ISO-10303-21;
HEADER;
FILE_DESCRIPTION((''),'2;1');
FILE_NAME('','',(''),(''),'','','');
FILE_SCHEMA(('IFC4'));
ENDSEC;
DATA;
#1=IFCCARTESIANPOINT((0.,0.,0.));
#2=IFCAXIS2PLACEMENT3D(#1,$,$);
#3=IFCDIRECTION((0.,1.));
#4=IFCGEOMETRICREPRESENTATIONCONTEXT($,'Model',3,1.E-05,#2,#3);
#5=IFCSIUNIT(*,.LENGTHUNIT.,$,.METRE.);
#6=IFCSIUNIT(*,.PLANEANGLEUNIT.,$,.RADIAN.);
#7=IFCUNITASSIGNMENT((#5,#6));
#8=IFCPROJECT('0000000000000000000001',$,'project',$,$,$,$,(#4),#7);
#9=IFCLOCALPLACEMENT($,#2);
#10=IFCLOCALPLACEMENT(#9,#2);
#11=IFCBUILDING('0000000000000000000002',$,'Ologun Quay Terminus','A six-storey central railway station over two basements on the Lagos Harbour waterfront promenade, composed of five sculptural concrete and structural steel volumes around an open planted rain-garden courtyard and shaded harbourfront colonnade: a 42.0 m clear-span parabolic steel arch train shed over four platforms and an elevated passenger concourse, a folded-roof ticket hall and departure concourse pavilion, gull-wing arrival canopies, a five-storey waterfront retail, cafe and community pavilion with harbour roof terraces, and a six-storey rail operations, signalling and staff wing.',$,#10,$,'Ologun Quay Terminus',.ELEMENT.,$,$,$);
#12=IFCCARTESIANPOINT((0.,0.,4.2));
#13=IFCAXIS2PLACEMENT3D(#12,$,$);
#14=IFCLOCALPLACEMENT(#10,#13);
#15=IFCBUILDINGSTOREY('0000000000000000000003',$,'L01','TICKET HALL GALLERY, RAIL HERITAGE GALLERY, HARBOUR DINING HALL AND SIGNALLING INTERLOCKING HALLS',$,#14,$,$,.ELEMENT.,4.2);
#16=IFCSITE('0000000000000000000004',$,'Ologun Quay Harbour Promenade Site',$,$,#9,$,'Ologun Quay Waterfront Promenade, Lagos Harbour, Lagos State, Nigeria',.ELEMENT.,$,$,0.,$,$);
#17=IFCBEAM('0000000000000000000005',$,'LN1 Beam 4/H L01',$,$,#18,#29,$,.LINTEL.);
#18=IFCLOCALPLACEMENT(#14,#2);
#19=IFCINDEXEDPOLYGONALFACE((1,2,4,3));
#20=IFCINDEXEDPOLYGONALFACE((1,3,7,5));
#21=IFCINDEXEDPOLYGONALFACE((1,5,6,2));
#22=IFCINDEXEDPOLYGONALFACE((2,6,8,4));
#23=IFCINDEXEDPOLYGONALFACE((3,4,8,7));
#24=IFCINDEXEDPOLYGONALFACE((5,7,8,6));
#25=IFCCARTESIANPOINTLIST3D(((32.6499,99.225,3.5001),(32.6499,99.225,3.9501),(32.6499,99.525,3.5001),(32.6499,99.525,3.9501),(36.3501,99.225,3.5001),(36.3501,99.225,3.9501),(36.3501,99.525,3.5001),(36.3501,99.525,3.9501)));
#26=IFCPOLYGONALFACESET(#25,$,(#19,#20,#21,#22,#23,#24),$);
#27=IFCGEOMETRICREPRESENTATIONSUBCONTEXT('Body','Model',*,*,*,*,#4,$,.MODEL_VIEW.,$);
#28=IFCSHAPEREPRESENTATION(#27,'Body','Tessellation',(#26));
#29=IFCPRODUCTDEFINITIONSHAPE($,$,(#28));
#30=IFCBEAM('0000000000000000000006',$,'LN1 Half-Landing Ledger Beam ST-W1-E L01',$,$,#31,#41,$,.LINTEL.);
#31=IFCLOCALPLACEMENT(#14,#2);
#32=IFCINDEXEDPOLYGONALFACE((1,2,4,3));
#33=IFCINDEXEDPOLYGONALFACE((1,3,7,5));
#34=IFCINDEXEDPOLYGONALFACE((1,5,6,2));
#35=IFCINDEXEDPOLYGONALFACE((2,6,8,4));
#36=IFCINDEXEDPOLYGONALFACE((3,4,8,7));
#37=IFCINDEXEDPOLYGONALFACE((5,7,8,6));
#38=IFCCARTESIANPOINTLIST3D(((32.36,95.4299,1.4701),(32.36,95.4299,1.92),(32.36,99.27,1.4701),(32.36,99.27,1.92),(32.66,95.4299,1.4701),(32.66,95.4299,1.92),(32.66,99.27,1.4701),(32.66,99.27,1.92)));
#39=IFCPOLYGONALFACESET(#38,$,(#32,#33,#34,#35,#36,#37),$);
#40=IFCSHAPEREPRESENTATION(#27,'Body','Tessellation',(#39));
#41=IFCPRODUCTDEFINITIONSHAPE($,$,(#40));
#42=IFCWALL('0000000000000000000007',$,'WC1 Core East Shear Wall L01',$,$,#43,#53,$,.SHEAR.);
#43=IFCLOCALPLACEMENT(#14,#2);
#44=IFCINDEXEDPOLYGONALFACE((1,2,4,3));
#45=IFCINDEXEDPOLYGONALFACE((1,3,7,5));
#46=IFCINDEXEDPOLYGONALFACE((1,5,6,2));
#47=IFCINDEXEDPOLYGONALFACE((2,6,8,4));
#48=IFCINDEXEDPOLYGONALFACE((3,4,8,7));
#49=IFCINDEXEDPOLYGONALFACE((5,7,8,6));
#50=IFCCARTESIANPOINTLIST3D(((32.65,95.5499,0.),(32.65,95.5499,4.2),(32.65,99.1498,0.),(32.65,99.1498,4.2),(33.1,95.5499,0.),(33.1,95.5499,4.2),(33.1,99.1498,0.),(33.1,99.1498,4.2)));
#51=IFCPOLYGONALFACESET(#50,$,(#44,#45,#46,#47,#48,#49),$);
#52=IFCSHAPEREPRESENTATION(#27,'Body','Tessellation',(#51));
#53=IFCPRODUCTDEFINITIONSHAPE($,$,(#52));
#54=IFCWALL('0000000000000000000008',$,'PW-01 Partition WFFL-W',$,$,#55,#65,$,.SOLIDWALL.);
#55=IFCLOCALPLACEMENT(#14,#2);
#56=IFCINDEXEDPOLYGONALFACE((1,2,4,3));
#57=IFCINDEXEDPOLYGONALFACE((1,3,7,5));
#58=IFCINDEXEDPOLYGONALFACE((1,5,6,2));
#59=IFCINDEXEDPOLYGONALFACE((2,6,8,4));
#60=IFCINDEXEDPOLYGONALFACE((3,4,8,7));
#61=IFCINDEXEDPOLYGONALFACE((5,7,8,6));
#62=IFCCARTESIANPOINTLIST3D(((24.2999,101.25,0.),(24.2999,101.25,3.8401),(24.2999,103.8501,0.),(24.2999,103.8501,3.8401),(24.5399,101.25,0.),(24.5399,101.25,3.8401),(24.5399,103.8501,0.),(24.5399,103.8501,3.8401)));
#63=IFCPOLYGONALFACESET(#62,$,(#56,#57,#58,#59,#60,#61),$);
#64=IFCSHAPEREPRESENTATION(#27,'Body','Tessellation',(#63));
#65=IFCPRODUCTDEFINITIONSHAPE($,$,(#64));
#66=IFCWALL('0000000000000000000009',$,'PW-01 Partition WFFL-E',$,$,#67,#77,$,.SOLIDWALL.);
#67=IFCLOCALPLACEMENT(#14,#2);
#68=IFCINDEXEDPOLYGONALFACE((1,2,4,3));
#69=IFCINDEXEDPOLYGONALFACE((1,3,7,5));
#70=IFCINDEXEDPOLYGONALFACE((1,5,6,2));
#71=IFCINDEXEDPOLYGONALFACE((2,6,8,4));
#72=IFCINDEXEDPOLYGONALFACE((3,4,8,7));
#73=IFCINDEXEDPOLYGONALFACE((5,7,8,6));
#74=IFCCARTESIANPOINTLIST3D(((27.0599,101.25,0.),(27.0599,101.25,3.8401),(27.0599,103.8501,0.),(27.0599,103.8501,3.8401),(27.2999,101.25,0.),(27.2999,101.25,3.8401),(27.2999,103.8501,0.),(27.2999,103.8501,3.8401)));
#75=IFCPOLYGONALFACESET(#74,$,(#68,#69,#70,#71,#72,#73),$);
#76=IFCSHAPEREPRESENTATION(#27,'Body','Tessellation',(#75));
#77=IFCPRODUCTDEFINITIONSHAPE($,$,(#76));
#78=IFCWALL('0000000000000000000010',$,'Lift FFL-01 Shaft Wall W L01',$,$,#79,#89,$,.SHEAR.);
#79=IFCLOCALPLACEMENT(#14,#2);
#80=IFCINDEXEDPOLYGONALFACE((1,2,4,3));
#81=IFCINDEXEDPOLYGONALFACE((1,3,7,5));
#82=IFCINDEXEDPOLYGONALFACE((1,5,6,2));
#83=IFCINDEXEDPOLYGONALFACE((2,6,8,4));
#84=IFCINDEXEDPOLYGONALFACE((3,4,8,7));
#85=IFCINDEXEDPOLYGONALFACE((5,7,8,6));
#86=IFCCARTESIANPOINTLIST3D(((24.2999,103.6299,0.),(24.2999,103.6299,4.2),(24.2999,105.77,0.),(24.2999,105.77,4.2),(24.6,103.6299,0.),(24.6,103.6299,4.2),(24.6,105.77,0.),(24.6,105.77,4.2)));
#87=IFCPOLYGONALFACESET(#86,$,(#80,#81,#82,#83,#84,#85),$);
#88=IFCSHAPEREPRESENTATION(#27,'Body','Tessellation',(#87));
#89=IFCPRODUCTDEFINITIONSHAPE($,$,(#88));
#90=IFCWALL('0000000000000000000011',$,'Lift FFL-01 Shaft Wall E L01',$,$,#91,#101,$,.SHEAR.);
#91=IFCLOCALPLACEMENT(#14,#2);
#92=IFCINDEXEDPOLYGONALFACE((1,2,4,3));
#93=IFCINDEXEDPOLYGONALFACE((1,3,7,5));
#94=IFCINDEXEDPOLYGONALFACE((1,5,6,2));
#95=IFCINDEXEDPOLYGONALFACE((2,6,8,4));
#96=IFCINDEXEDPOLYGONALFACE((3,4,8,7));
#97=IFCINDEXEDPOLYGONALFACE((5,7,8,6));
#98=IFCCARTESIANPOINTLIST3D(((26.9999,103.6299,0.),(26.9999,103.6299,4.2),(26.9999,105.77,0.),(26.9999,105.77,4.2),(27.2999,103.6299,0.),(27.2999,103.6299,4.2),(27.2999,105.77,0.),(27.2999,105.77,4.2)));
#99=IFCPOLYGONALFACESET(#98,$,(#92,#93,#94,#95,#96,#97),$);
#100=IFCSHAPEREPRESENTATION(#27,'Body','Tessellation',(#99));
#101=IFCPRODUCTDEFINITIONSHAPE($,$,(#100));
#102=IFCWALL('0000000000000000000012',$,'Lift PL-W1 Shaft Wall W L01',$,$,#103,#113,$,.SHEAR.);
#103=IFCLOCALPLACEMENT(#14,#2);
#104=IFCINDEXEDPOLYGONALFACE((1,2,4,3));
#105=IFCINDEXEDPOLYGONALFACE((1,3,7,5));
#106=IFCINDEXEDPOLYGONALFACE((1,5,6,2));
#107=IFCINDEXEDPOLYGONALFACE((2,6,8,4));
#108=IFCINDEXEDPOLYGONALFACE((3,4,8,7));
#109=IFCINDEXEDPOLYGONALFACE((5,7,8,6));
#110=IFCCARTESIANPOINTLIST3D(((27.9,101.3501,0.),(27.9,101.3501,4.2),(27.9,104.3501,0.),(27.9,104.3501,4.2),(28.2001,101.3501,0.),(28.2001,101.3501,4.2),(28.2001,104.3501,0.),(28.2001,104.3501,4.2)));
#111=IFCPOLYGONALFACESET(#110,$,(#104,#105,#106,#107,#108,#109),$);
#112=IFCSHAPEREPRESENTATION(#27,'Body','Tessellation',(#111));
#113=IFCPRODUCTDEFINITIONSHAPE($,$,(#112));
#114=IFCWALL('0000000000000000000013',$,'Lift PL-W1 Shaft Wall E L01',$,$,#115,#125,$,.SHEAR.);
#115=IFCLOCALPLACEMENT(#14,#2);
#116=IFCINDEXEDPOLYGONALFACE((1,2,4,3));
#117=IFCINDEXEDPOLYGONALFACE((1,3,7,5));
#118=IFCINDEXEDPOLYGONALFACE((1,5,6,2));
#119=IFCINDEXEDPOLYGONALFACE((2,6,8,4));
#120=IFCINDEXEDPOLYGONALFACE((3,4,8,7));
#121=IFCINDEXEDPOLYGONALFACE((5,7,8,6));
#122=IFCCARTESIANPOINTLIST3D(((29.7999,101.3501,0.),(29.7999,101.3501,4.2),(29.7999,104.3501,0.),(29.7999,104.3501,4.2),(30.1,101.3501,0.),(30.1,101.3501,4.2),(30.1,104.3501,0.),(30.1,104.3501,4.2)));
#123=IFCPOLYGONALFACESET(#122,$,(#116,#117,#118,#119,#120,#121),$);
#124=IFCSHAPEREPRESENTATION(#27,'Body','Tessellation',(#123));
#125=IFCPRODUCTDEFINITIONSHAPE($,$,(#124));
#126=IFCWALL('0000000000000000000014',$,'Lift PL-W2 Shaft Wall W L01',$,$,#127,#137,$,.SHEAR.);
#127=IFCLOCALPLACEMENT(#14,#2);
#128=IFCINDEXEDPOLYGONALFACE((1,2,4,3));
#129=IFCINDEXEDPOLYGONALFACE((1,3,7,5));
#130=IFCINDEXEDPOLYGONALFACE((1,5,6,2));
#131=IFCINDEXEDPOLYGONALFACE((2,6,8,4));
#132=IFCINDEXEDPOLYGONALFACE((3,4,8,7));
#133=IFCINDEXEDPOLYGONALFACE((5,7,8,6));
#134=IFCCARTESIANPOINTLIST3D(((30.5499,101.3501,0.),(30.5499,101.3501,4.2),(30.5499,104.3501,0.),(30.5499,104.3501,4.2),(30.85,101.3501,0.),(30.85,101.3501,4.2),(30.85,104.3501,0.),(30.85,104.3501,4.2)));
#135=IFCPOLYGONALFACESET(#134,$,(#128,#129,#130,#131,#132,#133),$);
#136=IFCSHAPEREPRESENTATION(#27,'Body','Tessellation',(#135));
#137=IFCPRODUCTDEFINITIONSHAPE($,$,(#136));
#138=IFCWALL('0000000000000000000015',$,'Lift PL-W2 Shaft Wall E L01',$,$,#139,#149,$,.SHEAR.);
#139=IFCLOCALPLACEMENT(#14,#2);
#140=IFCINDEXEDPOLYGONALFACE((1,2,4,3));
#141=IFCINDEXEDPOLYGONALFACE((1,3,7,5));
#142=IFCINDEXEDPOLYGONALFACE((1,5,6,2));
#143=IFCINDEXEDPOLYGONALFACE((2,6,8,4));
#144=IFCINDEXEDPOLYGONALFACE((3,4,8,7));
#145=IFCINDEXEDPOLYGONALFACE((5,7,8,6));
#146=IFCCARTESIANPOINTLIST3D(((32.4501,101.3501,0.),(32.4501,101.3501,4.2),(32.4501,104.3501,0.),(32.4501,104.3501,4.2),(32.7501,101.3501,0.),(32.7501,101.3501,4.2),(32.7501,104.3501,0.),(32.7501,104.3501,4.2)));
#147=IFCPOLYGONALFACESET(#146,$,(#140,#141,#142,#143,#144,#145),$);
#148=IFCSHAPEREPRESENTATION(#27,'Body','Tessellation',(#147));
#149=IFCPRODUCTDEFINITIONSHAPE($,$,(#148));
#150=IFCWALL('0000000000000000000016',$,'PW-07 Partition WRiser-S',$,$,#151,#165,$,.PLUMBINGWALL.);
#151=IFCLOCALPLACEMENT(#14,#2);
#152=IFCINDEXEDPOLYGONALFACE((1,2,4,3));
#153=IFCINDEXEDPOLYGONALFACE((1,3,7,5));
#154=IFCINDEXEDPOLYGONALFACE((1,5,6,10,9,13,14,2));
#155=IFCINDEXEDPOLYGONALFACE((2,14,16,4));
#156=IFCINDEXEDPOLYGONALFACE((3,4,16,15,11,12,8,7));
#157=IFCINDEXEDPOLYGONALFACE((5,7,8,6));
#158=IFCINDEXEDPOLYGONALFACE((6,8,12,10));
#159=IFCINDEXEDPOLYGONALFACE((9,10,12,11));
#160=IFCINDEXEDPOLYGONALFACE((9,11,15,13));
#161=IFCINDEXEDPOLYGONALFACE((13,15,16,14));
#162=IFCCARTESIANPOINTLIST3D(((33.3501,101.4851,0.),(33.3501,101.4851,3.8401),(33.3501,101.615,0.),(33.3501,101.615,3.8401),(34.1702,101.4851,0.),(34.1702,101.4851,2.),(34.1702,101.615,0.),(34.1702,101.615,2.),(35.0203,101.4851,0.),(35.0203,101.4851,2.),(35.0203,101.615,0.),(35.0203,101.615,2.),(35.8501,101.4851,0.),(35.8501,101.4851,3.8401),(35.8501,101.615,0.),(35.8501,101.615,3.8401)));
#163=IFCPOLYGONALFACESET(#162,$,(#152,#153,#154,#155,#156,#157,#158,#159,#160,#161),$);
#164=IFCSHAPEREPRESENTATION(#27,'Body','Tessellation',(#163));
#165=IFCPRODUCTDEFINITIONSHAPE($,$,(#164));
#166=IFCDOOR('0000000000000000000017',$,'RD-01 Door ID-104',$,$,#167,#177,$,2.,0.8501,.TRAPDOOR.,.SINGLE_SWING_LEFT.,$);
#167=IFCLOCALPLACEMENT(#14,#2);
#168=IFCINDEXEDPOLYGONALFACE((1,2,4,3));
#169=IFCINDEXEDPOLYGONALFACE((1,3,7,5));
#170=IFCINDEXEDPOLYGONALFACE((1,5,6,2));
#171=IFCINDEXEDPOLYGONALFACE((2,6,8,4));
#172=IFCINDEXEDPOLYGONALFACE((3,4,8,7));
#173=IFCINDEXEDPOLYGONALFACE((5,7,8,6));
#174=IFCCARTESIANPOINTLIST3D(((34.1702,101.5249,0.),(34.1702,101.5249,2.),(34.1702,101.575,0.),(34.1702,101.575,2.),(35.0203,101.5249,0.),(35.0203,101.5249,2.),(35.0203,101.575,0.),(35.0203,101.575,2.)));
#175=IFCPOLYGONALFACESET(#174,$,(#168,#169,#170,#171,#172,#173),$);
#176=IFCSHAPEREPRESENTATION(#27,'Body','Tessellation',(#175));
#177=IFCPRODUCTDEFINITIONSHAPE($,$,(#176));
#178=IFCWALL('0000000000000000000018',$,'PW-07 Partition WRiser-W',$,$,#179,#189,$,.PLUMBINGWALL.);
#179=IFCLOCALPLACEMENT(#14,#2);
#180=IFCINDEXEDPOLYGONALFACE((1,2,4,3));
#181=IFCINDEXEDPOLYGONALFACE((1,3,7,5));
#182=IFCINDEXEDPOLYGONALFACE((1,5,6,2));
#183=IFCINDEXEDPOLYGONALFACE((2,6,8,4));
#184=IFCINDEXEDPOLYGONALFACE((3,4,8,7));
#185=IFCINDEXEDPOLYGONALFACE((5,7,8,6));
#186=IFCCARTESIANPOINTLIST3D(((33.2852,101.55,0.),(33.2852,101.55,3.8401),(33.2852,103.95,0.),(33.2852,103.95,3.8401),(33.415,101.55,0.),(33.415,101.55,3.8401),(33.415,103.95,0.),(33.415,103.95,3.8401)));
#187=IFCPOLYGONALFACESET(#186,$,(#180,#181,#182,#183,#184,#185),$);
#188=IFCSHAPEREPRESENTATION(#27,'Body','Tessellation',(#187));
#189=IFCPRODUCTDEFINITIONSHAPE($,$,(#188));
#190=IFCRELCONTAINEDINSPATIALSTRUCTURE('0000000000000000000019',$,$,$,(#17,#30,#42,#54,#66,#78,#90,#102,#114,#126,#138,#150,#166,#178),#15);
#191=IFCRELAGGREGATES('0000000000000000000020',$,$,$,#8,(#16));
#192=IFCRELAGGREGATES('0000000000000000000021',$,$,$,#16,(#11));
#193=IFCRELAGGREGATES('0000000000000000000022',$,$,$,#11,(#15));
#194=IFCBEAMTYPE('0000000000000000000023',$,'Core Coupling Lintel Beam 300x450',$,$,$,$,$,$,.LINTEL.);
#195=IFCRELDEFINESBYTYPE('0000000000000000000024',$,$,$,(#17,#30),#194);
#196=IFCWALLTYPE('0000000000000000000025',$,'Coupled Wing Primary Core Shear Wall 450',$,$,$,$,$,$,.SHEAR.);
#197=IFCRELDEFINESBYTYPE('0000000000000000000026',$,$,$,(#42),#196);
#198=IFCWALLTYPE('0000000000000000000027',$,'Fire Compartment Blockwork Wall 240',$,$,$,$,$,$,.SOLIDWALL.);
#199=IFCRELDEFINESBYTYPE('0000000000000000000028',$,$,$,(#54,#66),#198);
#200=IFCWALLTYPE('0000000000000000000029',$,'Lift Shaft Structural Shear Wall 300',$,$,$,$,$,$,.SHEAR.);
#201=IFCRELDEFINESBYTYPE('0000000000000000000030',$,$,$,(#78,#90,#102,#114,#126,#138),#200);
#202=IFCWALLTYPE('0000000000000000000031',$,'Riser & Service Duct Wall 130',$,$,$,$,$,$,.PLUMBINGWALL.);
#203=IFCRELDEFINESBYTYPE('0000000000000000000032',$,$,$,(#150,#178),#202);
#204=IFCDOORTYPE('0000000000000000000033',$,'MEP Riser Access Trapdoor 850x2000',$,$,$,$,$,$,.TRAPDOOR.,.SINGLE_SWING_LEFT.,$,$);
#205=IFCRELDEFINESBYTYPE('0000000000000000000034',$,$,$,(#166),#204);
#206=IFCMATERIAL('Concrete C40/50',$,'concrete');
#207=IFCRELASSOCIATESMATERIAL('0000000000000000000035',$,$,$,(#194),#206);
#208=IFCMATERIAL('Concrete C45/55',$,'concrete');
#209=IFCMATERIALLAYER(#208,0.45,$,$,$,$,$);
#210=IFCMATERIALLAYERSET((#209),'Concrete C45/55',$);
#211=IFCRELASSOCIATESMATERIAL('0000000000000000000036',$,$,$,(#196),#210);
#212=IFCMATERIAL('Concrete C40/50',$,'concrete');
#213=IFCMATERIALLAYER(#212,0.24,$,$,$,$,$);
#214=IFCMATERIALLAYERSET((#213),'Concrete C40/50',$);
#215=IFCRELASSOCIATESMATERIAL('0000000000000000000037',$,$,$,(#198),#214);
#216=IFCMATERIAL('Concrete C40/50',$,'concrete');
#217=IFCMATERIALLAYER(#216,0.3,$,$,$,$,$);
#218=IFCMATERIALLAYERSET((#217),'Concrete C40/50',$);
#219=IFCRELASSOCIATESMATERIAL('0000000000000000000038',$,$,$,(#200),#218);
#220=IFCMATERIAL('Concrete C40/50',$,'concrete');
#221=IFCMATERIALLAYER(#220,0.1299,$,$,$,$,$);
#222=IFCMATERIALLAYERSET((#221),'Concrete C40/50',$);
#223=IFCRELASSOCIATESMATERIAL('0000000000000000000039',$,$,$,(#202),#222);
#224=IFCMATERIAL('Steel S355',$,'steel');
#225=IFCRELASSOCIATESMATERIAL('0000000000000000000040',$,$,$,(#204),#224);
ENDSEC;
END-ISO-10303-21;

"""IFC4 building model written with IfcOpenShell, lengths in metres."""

from ifc_helpers import new_model, si_unit, direction, frame, frame_2d, origin, origin_2d, place, context, subcontext, project, spatial, rectangle, extrude, material, layer, layer_set, material_profile, profile_set, type_object, element, fill, save


model = new_model("IFC4")

# Units and contexts
model_context = context("Model", 3, precision=1e-05, world=origin(), true_north=direction((0.0, 1.0)))
body_context = subcontext(model_context, "Body", "Model", "MODEL_VIEW")
ifc_project = project(units=[si_unit("LENGTHUNIT", "METRE"), si_unit("PLANEANGLEUNIT", "RADIAN")], contexts=[model_context])

# Site, building, storey
site_placement = place(None, origin())
site = spatial("IfcSite", under=ifc_project, at=site_placement, Name="Ologun Quay Harbour Promenade Site", LongName="Ologun Quay Waterfront Promenade, Lagos Harbour, Lagos State, Nigeria", CompositionType="ELEMENT", RefElevation=0.0)
building_placement = place(site_placement, origin())
building = spatial("IfcBuilding", under=site, at=building_placement, Name="Ologun Quay Terminus", Description="A six-storey central railway station over two basements on the Lagos Harbour waterfront promenade, composed of five sculptural concrete and structural steel volumes around an open planted rain-garden courtyard and shaded harbourfront colonnade: a 42.0 m clear-span parabolic steel arch train shed over four platforms and an elevated passenger concourse, a folded-roof ticket hall and departure concourse pavilion, gull-wing arrival canopies, a five-storey waterfront retail, cafe and community pavilion with harbour roof terraces, and a six-storey rail operations, signalling and staff wing.", LongName="Ologun Quay Terminus", CompositionType="ELEMENT")
storey_placement = place(building_placement, frame((0.0, 0.0, 4.2)))
storey = spatial("IfcBuildingStorey", under=building, at=storey_placement, Name="L01", Description="TICKET HALL GALLERY, RAIL HERITAGE GALLERY, HARBOUR DINING HALL AND SIGNALLING INTERLOCKING HALLS", CompositionType="ELEMENT", Elevation=4.2)

# Beams
ifc_material_1 = material(Name="Concrete C40/50", Category="concrete")
ifc_material_profile = material_profile(ifc_material_1, rectangle(XDim=0.3, YDim=0.45, at=origin_2d()), Name="RC 300x450")
ifc_profile_set = profile_set([ifc_material_profile], Name="Concrete C40/50")
beam_type = type_object("IfcBeamType", Name="Core Coupling Lintel Beam 300x450", PredefinedType="LINTEL", material=ifc_profile_set)
beam_1_placement = place(storey_placement, frame((32.6499, 99.375, 3.7251), z_axis=(1.0, 0.0, 0.0), x_axis=(0.0, 1.0, 0.0)))
element("IfcBeam", 1, at=beam_1_placement, inside=storey, type_object=beam_type, Name="LN1 Beam 4/H L01", PredefinedType="LINTEL", context=body_context, shape_type="SweptSolid", body=[
    extrude(rectangle(XDim=0.3, YDim=0.45, at=origin_2d()), origin(), (0.0, 0.0, 1.0), 3.7002),
])
beam_2_placement = place(storey_placement, frame((32.51, 95.4299, 1.6951), z_axis=(0.0, 1.0, 0.0), x_axis=(-1.0, 0.0, 0.0)))
element("IfcBeam", 2, at=beam_2_placement, inside=storey, type_object=beam_type, Name="LN1 Half-Landing Ledger Beam ST-W1-E L01", PredefinedType="LINTEL", context=body_context, shape_type="SweptSolid", body=[
    extrude(rectangle(XDim=0.3, YDim=0.45, at=origin_2d()), origin(), (0.0, 0.0, 1.0), 3.8401),
])

# Wall
ifc_material_2 = material(Name="Concrete C45/55", Category="concrete")
ifc_layer_1 = layer(ifc_material_2, 0.45)
ifc_layer_set_1 = layer_set([ifc_layer_1], Name="Concrete C45/55")
wall_type_1 = type_object("IfcWallType", Name="Coupled Wing Primary Core Shear Wall 450", PredefinedType="SHEAR", material=ifc_layer_set_1)
wall_1_placement = place(storey_placement, frame((32.875, 95.55, 0.0), z_axis=(0.0, 0.0, 1.0), x_axis=(0.0, 1.0, 0.0)))
element("IfcWall", 3, at=wall_1_placement, inside=storey, type_object=wall_type_1, Name="WC1 Core East Shear Wall L01", PredefinedType="SHEAR", context=body_context, shape_type="SweptSolid", body=[
    extrude(rectangle(XDim=3.5999, YDim=0.45, at=frame_2d((1.7998, 0.0))), origin(), (0.0, 0.0, 1.0), 4.2),
])

# Walls
ifc_material_3 = material(Name="Concrete C40/50", Category="concrete")
ifc_layer_2 = layer(ifc_material_3, 0.24)
ifc_layer_set_2 = layer_set([ifc_layer_2], Name="Concrete C40/50")
wall_type_2 = type_object("IfcWallType", Name="Fire Compartment Blockwork Wall 240", PredefinedType="SOLIDWALL", material=ifc_layer_set_2)
for number, where, z_axis, x_axis, name in (
    (4, (24.4199, 101.25, 0.0), (0.0, 0.0, 1.0), (0.0, 1.0, 0.0), "PW-01 Partition WFFL-W"),
    (5, (27.1799, 101.25, 0.0), (0.0, 0.0, 1.0), (0.0, 1.0, 0.0), "PW-01 Partition WFFL-E"),
):
    element("IfcWall", number, at=place(storey_placement, frame(where, z_axis=z_axis, x_axis=x_axis)), inside=storey, type_object=wall_type_2, Name=name, PredefinedType="SOLIDWALL", context=body_context, shape_type="SweptSolid", body=[
        extrude(rectangle(XDim=2.6001, YDim=0.24, at=frame_2d((1.3, 0.0))), origin(), (0.0, 0.0, 1.0), 3.8401),
    ])
ifc_material_4 = material(Name="Concrete C40/50", Category="concrete")
ifc_layer_3 = layer(ifc_material_4, 0.3)
ifc_layer_set_3 = layer_set([ifc_layer_3], Name="Concrete C40/50")
wall_type_3 = type_object("IfcWallType", Name="Lift Shaft Structural Shear Wall 300", PredefinedType="SHEAR", material=ifc_layer_set_3)
for number, where, z_axis, x_axis, name in (
    (6, (24.45, 103.6299, 0.0), (0.0, 0.0, 1.0), (0.0, 1.0, 0.0), "Lift FFL-01 Shaft Wall W L01"),
    (7, (27.1499, 103.6299, 0.0), (0.0, 0.0, 1.0), (0.0, 1.0, 0.0), "Lift FFL-01 Shaft Wall E L01"),
):
    element("IfcWall", number, at=place(storey_placement, frame(where, z_axis=z_axis, x_axis=x_axis)), inside=storey, type_object=wall_type_3, Name=name, PredefinedType="SHEAR", context=body_context, shape_type="SweptSolid", body=[
        extrude(rectangle(XDim=2.1401, YDim=0.3, at=frame_2d((1.0701, 0.0))), origin(), (0.0, 0.0, 1.0), 4.2),
    ])

# Walls
for number, where, z_axis, x_axis, name in (
    (8, (28.05, 101.3501, 0.0), (0.0, 0.0, 1.0), (0.0, 1.0, 0.0), "Lift PL-W1 Shaft Wall W L01"),
    (9, (29.95, 101.3501, 0.0), (0.0, 0.0, 1.0), (0.0, 1.0, 0.0), "Lift PL-W1 Shaft Wall E L01"),
):
    element("IfcWall", number, at=place(storey_placement, frame(where, z_axis=z_axis, x_axis=x_axis)), inside=storey, type_object=wall_type_3, Name=name, PredefinedType="SHEAR", context=body_context, shape_type="SweptSolid", body=[
        extrude(rectangle(XDim=3.0, YDim=0.3, at=frame_2d((1.5, 0.0))), origin(), (0.0, 0.0, 1.0), 4.2),
    ])

# Walls
for number, where, z_axis, x_axis, name in (
    (10, (30.7, 101.3501, 0.0), (0.0, 0.0, 1.0), (0.0, 1.0, 0.0), "Lift PL-W2 Shaft Wall W L01"),
    (11, (32.6001, 101.3501, 0.0), (0.0, 0.0, 1.0), (0.0, 1.0, 0.0), "Lift PL-W2 Shaft Wall E L01"),
):
    element("IfcWall", number, at=place(storey_placement, frame(where, z_axis=z_axis, x_axis=x_axis)), inside=storey, type_object=wall_type_3, Name=name, PredefinedType="SHEAR", context=body_context, shape_type="SweptSolid", body=[
        extrude(rectangle(XDim=3.0, YDim=0.3, at=frame_2d((1.5, 0.0))), origin(), (0.0, 0.0, 1.0), 4.2),
    ])

# Wall, opening, door
ifc_material_5 = material(Name="Concrete C40/50", Category="concrete")
ifc_layer_4 = layer(ifc_material_5, 0.1299)
ifc_layer_set_4 = layer_set([ifc_layer_4], Name="Concrete C40/50")
wall_type_4 = type_object("IfcWallType", Name="Riser & Service Duct Wall 130", PredefinedType="PLUMBINGWALL", material=ifc_layer_set_4)
wall_2_placement = place(storey_placement, frame((33.3501, 101.55, 0.0), z_axis=(0.0, 0.0, 1.0), x_axis=(1.0, 0.0, 0.0)))
wall_2 = element("IfcWall", 12, at=wall_2_placement, inside=storey, type_object=wall_type_4, Name="PW-07 Partition WRiser-S", PredefinedType="PLUMBINGWALL", context=body_context, shape_type="SweptSolid", body=[
    extrude(rectangle(XDim=2.5, YDim=0.1299, at=frame_2d((1.25, 0.0))), origin(), (0.0, 0.0, 1.0), 3.8401),
])
opening_1_placement = place(wall_2_placement, frame((0.8201, 0.0, 0.0)))
opening_1 = element("IfcOpeningElement", 13, at=opening_1_placement, cuts=wall_2, PredefinedType="OPENING", context=body_context, shape_type="SweptSolid", body=[
    extrude(rectangle(XDim=0.8501, YDim=2.0, at=frame_2d((0.425, 1.0))), frame((0.0, 0.075, 0.0), z_axis=(0.0, -1.0, 0.0), x_axis=(1.0, 0.0, 0.0)), (0.0, 0.0, 1.0), 0.1499),
])
ifc_material_6 = material(Name="Steel S355", Category="steel")
door_type_1 = type_object("IfcDoorType", Name="MEP Riser Access Trapdoor 850x2000", OperationType="SINGLE_SWING_LEFT", PredefinedType="TRAPDOOR", material=ifc_material_6)
door_1_placement = place(opening_1_placement, origin())
door_1 = element("IfcDoor", 14, at=door_1_placement, inside=storey, type_object=door_type_1, Name="RD-01 Door ID-104", OperationType="SINGLE_SWING_LEFT", OverallHeight=2.0, OverallWidth=0.8501, PredefinedType="TRAPDOOR", context=body_context, shape_type="SweptSolid", body=[
    extrude(rectangle(XDim=0.8501, YDim=2.0, at=frame_2d((0.425, 1.0))), frame((0.0, 0.0249, 0.0), z_axis=(0.0, -1.0, 0.0), x_axis=(1.0, 0.0, 0.0)), (0.0, 0.0, 1.0), 0.05),
])
fill(opening_1, door_1)

# Wall
for number, where, z_axis, x_axis, name in (
    (15, (33.3501, 101.55, 0.0), (0.0, 0.0, 1.0), (0.0, 1.0, 0.0), "PW-07 Partition WRiser-W"),
):
    element("IfcWall", number, at=place(storey_placement, frame(where, z_axis=z_axis, x_axis=x_axis)), inside=storey, type_object=wall_type_4, Name=name, PredefinedType="PLUMBINGWALL", context=body_context, shape_type="SweptSolid", body=[
        extrude(rectangle(XDim=2.3999, YDim=0.1299, at=frame_2d((1.2, 0.0))), origin(), (0.0, 0.0, 1.0), 3.8401),
    ])

save(model, "model.ifc")
